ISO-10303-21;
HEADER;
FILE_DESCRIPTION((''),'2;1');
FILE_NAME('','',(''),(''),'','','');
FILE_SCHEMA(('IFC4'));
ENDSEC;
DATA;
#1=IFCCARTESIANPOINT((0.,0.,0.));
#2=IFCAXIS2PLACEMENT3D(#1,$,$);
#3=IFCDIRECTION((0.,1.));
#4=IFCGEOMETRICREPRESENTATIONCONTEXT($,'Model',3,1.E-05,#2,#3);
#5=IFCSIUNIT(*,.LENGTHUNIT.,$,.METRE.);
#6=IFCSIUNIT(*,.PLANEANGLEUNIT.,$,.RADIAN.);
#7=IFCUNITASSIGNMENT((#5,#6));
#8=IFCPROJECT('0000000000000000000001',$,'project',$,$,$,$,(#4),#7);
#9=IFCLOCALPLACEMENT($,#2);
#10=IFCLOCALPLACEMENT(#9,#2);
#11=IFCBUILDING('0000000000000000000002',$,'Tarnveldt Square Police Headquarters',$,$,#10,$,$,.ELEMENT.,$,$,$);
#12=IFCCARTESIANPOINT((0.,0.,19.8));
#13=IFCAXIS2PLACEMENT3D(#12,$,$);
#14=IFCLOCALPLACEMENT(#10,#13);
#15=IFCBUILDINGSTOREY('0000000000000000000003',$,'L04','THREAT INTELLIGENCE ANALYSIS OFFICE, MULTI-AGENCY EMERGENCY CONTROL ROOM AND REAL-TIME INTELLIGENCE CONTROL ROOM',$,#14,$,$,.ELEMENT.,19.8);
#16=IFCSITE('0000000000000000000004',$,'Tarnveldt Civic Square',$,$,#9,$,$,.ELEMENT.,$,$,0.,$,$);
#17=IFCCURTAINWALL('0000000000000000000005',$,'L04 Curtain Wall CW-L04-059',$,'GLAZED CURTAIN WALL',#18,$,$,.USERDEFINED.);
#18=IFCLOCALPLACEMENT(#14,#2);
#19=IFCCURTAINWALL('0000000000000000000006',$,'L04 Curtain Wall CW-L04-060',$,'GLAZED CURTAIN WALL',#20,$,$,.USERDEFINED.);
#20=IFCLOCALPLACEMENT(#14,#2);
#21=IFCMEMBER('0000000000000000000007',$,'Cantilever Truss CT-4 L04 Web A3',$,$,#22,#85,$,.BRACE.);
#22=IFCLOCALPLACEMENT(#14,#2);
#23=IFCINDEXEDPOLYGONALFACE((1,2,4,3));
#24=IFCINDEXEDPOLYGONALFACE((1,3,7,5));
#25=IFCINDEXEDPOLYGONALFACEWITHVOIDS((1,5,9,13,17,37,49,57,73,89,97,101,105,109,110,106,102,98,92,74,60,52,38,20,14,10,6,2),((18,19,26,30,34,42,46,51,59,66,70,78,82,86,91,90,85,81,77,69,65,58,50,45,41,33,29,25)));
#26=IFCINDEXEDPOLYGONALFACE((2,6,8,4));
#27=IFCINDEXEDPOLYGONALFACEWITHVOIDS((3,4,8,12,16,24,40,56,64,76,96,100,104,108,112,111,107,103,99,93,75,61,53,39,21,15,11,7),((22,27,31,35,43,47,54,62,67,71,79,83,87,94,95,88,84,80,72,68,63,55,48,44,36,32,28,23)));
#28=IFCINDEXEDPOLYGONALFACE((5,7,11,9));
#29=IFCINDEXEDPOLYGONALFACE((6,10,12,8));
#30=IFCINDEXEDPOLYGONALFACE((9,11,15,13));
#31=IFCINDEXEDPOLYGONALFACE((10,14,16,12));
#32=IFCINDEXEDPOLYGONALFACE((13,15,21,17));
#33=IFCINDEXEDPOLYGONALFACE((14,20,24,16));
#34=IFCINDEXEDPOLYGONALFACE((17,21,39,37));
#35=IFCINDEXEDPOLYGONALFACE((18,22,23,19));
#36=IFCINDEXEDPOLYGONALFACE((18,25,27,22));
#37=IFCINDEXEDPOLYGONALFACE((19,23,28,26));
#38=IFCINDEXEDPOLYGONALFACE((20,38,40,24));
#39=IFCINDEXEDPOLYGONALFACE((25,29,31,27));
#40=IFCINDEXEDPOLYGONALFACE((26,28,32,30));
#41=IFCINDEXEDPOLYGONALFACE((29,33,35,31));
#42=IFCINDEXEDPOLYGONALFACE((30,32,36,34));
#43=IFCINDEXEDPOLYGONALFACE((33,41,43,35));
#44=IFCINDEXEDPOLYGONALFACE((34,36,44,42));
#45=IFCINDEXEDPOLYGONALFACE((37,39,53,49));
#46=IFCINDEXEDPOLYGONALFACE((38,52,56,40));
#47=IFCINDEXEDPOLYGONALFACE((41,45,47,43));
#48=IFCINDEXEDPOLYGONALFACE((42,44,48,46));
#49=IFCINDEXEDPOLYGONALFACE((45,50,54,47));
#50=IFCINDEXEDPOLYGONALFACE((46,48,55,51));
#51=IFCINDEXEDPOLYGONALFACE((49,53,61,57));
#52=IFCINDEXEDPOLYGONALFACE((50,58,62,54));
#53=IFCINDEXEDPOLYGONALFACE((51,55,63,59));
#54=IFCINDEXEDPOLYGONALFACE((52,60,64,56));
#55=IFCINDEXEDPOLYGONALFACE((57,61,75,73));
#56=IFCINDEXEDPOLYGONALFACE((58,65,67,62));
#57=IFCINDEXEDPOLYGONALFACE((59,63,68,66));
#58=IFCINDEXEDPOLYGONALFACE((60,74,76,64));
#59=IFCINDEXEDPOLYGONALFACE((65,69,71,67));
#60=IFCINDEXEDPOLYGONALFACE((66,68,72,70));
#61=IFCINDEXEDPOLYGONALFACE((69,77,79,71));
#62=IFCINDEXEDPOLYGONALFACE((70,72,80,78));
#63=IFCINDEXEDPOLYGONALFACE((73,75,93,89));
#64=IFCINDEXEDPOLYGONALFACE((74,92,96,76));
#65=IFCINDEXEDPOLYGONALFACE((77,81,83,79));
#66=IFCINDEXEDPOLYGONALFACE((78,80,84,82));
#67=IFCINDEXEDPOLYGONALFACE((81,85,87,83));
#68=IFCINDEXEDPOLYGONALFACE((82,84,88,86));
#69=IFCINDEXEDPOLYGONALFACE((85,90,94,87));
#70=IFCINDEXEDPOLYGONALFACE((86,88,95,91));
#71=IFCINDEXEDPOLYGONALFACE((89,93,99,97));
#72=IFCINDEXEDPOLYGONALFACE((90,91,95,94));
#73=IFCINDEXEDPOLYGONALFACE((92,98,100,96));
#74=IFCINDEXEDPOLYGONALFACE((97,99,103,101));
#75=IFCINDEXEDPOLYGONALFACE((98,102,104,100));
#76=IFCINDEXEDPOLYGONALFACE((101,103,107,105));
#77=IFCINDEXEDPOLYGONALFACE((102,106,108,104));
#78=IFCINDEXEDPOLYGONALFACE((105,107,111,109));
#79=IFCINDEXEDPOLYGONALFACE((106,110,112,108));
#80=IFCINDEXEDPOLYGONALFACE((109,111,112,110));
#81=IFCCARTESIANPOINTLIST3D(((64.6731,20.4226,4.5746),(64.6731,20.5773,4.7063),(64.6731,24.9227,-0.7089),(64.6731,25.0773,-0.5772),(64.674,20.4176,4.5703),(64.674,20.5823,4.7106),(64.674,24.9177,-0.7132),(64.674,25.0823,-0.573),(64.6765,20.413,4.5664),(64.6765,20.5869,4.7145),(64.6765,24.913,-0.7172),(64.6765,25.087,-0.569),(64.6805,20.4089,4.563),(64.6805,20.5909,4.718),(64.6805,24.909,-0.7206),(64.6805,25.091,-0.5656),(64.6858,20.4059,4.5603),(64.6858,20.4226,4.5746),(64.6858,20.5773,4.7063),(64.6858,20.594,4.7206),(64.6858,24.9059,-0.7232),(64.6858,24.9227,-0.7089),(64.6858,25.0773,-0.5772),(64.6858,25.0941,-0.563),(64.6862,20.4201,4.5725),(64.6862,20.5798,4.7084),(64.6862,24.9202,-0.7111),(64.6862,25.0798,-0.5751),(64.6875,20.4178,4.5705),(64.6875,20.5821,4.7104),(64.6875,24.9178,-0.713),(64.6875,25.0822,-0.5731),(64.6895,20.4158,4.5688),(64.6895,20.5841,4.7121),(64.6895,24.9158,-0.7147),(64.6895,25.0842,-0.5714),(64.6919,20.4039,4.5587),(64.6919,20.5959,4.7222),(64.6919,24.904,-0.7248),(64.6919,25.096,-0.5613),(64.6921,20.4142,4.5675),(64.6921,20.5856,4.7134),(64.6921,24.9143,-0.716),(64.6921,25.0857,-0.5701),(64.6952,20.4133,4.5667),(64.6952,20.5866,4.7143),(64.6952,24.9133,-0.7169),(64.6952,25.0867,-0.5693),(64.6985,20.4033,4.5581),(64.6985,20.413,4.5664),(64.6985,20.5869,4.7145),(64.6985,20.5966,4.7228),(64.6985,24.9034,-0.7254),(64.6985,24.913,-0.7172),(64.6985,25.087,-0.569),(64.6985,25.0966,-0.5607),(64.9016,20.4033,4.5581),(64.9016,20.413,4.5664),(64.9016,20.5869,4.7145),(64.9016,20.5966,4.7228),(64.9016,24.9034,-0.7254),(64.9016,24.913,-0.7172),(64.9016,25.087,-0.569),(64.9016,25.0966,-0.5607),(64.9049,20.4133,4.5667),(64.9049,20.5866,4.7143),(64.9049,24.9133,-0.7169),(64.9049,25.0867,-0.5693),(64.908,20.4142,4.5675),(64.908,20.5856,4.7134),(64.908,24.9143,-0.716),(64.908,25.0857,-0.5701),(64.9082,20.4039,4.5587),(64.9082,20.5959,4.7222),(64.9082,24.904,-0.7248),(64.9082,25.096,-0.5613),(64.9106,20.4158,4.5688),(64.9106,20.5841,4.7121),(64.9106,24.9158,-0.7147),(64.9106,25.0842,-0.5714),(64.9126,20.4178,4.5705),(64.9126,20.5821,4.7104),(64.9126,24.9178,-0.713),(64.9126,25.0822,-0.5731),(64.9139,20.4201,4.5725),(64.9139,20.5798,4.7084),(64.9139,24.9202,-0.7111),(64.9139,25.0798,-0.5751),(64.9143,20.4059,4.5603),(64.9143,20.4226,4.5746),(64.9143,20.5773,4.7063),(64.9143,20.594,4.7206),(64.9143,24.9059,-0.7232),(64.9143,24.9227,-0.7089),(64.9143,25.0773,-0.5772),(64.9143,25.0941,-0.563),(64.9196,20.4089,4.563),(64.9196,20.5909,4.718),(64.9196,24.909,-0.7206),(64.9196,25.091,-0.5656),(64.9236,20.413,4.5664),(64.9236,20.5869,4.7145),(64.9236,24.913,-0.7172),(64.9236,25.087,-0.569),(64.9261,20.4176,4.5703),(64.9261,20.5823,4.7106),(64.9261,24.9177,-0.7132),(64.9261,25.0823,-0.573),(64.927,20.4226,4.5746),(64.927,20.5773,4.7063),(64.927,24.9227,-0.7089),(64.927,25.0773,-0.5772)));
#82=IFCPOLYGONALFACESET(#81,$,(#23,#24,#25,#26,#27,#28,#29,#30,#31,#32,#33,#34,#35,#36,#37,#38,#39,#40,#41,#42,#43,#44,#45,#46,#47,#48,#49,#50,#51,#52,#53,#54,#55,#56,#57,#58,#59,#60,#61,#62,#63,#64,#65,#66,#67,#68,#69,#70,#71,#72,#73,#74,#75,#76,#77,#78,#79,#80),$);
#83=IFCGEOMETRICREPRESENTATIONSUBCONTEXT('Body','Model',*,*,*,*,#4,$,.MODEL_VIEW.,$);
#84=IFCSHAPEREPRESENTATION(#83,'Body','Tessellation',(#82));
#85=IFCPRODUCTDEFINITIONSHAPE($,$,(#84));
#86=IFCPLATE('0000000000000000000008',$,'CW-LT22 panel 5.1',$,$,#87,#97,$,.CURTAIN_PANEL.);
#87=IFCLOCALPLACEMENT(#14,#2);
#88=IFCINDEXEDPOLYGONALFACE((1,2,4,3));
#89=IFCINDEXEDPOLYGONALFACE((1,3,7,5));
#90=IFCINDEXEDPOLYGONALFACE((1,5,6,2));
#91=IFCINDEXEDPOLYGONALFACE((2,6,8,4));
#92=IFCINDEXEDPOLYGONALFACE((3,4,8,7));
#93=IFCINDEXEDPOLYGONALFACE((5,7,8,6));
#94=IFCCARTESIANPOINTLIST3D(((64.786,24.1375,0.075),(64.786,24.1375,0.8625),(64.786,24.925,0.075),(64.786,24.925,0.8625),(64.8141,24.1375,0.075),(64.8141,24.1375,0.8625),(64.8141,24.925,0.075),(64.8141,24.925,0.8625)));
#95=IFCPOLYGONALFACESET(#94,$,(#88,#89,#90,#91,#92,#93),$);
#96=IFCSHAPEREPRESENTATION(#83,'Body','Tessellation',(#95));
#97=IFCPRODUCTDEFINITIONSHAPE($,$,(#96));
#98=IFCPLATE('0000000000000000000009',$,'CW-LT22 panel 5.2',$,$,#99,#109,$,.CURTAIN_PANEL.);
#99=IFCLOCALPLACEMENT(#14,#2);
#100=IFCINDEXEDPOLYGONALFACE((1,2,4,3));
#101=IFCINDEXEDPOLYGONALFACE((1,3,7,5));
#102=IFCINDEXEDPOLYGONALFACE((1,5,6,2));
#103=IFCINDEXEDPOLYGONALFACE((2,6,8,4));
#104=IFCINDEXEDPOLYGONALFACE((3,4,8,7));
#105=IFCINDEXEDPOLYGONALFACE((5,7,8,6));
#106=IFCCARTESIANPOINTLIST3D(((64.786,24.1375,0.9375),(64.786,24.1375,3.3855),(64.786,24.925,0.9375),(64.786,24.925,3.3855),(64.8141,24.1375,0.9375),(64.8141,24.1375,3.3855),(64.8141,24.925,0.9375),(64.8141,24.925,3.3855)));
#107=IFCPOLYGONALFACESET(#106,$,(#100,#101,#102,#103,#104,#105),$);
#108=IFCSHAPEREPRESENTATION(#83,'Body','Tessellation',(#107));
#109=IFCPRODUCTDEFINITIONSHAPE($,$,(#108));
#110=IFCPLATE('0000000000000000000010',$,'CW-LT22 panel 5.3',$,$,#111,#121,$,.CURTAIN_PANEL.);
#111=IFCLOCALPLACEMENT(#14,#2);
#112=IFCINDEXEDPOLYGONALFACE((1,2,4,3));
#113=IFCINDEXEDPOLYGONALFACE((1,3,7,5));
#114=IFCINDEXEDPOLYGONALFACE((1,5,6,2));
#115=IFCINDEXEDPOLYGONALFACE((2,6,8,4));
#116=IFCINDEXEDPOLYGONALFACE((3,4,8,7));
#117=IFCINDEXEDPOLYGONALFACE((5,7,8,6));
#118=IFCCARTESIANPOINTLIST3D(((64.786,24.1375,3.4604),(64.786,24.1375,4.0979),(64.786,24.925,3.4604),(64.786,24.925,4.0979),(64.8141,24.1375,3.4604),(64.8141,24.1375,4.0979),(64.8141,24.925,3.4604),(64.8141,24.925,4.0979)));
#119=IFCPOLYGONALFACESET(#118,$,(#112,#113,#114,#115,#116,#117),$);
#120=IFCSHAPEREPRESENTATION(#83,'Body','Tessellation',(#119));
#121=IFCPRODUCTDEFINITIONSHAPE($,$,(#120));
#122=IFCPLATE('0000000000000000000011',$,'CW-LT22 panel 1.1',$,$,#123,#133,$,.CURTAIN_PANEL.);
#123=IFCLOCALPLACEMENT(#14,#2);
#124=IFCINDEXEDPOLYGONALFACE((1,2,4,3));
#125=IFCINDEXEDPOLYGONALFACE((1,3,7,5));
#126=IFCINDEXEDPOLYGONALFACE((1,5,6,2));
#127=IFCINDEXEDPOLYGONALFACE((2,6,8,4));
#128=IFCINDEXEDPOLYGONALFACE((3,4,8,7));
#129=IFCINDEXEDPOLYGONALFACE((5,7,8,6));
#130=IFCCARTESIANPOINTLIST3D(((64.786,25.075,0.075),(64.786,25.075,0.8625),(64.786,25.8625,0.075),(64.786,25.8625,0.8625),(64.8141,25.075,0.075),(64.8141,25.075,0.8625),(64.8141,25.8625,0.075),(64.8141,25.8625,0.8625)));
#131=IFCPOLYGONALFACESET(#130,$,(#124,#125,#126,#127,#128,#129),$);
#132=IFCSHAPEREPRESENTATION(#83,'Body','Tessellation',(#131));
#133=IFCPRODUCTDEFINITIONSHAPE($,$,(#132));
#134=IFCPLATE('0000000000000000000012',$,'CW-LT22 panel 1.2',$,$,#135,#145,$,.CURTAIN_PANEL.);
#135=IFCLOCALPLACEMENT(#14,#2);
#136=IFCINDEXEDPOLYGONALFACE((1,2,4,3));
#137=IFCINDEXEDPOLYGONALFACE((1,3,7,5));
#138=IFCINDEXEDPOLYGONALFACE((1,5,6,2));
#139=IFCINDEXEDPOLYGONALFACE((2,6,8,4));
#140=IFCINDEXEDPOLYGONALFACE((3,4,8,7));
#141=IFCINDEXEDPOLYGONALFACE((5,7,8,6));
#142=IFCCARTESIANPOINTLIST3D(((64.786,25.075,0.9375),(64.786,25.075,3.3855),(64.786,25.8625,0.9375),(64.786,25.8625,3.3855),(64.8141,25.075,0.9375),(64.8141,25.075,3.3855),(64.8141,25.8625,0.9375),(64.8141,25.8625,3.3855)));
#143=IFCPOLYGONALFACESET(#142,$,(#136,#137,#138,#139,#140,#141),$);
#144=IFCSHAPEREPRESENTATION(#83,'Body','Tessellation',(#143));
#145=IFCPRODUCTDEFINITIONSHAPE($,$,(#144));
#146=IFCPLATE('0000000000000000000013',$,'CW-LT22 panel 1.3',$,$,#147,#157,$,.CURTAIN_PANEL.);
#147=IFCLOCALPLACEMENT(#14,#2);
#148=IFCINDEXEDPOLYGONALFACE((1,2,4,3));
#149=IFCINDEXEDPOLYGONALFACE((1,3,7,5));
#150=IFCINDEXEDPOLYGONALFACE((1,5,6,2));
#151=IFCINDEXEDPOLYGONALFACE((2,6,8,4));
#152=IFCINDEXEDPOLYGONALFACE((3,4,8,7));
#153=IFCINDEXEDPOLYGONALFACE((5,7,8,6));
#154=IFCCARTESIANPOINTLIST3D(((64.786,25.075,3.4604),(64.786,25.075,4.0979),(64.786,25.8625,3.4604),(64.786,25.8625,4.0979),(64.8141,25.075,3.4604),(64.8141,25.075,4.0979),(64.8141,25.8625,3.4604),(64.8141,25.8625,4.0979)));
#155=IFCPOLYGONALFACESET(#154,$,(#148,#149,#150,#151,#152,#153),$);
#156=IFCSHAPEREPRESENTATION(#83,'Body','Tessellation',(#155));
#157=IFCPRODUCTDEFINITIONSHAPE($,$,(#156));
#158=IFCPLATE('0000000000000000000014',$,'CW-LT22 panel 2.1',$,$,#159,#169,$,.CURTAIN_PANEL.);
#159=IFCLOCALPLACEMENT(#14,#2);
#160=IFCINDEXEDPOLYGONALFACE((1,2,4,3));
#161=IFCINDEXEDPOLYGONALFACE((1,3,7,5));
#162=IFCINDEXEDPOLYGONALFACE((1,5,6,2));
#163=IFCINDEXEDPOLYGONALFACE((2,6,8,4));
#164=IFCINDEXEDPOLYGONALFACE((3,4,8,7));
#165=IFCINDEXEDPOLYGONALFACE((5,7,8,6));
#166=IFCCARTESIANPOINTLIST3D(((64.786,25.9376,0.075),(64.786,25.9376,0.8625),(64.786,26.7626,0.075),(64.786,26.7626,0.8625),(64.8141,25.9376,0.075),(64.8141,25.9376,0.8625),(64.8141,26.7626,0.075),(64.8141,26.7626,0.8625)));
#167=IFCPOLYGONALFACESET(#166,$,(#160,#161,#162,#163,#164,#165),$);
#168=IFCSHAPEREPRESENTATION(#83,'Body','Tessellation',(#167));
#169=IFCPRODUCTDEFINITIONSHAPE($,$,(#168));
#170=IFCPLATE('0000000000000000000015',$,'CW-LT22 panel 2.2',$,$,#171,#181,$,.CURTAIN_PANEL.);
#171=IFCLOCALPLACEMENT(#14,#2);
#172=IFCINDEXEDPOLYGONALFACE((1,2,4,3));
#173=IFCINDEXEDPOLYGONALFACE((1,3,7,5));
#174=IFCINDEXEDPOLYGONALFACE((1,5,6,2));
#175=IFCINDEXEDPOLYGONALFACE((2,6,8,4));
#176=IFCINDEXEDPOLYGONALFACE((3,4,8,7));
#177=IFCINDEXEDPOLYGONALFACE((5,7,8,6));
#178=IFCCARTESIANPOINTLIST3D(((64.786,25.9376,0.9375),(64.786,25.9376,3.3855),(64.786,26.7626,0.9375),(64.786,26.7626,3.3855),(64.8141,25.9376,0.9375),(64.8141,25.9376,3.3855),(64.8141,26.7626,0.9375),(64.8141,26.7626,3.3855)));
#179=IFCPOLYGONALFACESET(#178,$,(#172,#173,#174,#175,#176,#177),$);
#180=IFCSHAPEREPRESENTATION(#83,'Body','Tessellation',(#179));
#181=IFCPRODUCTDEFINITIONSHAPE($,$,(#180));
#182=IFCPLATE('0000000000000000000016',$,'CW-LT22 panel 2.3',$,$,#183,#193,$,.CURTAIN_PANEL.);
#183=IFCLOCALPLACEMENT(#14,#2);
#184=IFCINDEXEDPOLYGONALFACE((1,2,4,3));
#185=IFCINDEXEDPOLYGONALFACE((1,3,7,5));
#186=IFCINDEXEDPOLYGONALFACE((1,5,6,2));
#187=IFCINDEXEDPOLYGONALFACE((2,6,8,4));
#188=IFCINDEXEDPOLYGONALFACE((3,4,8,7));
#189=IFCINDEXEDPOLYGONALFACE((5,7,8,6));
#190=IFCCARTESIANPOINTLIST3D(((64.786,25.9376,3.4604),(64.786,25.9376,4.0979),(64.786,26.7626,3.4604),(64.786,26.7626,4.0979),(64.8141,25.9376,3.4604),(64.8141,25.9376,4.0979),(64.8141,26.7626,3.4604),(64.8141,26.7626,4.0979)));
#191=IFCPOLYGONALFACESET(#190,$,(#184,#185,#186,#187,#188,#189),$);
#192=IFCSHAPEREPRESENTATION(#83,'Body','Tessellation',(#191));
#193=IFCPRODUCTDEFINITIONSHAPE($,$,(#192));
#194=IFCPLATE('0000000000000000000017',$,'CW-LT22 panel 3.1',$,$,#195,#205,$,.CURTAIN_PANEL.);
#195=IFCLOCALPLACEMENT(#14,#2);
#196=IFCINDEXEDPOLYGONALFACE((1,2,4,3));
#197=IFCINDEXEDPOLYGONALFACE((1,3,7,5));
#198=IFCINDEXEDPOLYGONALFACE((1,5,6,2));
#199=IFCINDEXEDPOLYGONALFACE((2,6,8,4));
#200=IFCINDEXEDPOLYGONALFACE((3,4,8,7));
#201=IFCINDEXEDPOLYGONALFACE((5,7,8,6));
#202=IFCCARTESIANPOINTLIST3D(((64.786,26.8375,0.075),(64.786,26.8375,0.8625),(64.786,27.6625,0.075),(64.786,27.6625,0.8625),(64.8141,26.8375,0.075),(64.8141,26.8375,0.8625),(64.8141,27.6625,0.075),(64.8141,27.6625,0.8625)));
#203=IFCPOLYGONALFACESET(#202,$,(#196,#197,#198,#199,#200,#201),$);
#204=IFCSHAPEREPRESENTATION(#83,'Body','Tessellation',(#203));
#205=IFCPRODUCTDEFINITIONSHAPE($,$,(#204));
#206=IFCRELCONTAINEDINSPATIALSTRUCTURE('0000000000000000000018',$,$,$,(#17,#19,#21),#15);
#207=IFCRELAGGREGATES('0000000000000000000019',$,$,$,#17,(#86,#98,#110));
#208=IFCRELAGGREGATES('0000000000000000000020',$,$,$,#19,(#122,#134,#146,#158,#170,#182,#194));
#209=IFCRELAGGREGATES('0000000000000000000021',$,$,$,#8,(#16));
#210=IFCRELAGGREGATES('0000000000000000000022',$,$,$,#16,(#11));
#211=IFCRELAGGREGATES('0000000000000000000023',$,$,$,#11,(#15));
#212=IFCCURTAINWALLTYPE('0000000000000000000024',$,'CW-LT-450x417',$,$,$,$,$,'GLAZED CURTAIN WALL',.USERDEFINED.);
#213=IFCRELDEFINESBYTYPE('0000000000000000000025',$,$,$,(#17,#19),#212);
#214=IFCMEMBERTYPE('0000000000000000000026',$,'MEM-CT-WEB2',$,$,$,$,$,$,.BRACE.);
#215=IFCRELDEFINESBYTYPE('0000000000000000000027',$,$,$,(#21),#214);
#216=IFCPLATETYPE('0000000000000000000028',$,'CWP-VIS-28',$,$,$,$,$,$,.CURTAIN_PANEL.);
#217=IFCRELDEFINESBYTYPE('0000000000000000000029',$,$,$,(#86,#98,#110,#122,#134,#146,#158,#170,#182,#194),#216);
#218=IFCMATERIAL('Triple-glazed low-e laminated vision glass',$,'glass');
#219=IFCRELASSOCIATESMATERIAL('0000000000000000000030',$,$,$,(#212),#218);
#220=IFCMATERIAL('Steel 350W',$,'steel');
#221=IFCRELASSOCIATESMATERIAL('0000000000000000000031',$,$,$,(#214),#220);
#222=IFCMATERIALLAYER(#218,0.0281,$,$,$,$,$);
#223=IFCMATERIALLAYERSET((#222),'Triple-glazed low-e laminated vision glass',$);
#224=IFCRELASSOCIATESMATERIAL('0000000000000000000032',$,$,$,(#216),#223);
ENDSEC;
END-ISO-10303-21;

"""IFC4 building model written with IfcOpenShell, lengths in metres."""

from ifc_helpers import new_model, si_unit, direction, frame, origin, origin_2d, place, context, subcontext, project, spatial, rectangle, hollow_rectangle, extrude, material, layer, layer_set, material_profile, profile_set, type_object, element, aggregate, save


model = new_model("IFC4")

# Units and contexts
model_context = context("Model", 3, precision=1e-05, world=origin(), true_north=direction((0.0, 1.0)))
body_context = subcontext(model_context, "Body", "Model", "MODEL_VIEW")
ifc_project = project(units=[si_unit("LENGTHUNIT", "METRE"), si_unit("PLANEANGLEUNIT", "RADIAN")], contexts=[model_context])

# Site, building, storey
site_placement = place(None, origin())
site = spatial("IfcSite", under=ifc_project, at=site_placement, Name="Tarnveldt Civic Square", CompositionType="ELEMENT", RefElevation=0.0)
building_placement = place(site_placement, origin())
building = spatial("IfcBuilding", under=site, at=building_placement, Name="Tarnveldt Square Police Headquarters", CompositionType="ELEMENT")
storey_placement = place(building_placement, frame((0.0, 0.0, 19.8)))
storey = spatial("IfcBuildingStorey", under=building, at=storey_placement, Name="L04", Description="THREAT INTELLIGENCE ANALYSIS OFFICE, MULTI-AGENCY EMERGENCY CONTROL ROOM AND REAL-TIME INTELLIGENCE CONTROL ROOM", CompositionType="ELEMENT", Elevation=19.8)

# Shared definitions
ifc_material_1 = material(Name="Steel 350W", Category="steel")

# Curtain wall
ifc_material_2 = material(Name="Triple-glazed low-e laminated vision glass", Category="glass")
curtain_wall_type = type_object("IfcCurtainWallType", Name="CW-LT-450x417", ElementType="GLAZED CURTAIN WALL", PredefinedType="USERDEFINED", material=ifc_material_2)
curtain_wall_1_placement = place(storey_placement, origin())
curtain_wall_1 = element("IfcCurtainWall", 1, at=curtain_wall_1_placement, inside=storey, type_object=curtain_wall_type, Name="L04 Curtain Wall CW-L04-059", ObjectType="GLAZED CURTAIN WALL", PredefinedType="USERDEFINED")

# Curtain wall
curtain_wall_2_placement = place(storey_placement, origin())
curtain_wall_2 = element("IfcCurtainWall", 2, at=curtain_wall_2_placement, inside=storey, type_object=curtain_wall_type, Name="L04 Curtain Wall CW-L04-060", ObjectType="GLAZED CURTAIN WALL", PredefinedType="USERDEFINED")

# Member
ifc_material_profile_1 = material_profile(ifc_material_1, hollow_rectangle(XDim=0.2539, YDim=0.2539, WallThickness=0.0127, InnerFilletRadius=0.0127, OuterFilletRadius=0.0254, at=origin_2d()), Name="HSS254x254x13")
ifc_profile_set_1 = profile_set([ifc_material_profile_1], Name="Steel 350W")
member_type_1 = type_object("IfcMemberType", Name="MEM-CT-WEB2", PredefinedType="BRACE", material=ifc_profile_set_1)
member_1_placement = place(storey_placement, frame((64.8, 25.0, -0.6431), z_axis=(0.0, -0.648407, 0.761294), x_axis=(1.0, 0.0, 0.0)))
element("IfcMember", 3, at=member_1_placement, inside=storey, type_object=member_type_1, Name="Cantilever Truss CT-4 L04 Web A3", PredefinedType="BRACE", context=body_context, shape_type="SweptSolid", body=[
    extrude(hollow_rectangle(XDim=0.2539, YDim=0.2539, WallThickness=0.0127, InnerFilletRadius=0.0127, OuterFilletRadius=0.0254, at=origin_2d()), origin(), (0.0, 0.0, 1.0), 6.9402),
])

# Plates
ifc_layer_1 = layer(ifc_material_2, 0.0281)
ifc_layer_set_1 = layer_set([ifc_layer_1], Name="Triple-glazed low-e laminated vision glass")
plate_type_1 = type_object("IfcPlateType", Name="CWP-VIS-28", PredefinedType="CURTAIN_PANEL", material=ifc_layer_set_1)
plate_1_placement = place(storey_placement, frame((64.8, 24.5312, 0.075), z_axis=(0.0, 0.0, 1.0), x_axis=(0.0, 1.0, 0.0)))
plate_1 = element("IfcPlate", 4, at=plate_1_placement, type_object=plate_type_1, Name="CW-LT22 panel 5.1", PredefinedType="CURTAIN_PANEL", context=body_context, shape_type="SweptSolid", body=[
    extrude(rectangle(XDim=0.7876, YDim=0.0281, at=origin_2d()), origin(), (0.0, 0.0, 1.0), 0.7876),
])
plate_2_placement = place(storey_placement, frame((64.8, 24.5312, 0.9375), z_axis=(0.0, 0.0, 1.0), x_axis=(0.0, 1.0, 0.0)))
plate_2 = element("IfcPlate", 5, at=plate_2_placement, type_object=plate_type_1, Name="CW-LT22 panel 5.2", PredefinedType="CURTAIN_PANEL", context=body_context, shape_type="SweptSolid", body=[
    extrude(rectangle(XDim=0.7876, YDim=0.0281, at=origin_2d()), origin(), (0.0, 0.0, 1.0), 2.448),
])
plate_3_placement = place(storey_placement, frame((64.8, 24.5312, 3.4604), z_axis=(0.0, 0.0, 1.0), x_axis=(0.0, 1.0, 0.0)))
plate_3 = element("IfcPlate", 6, at=plate_3_placement, type_object=plate_type_1, Name="CW-LT22 panel 5.3", PredefinedType="CURTAIN_PANEL", context=body_context, shape_type="SweptSolid", body=[
    extrude(rectangle(XDim=0.7876, YDim=0.0281, at=origin_2d()), origin(), (0.0, 0.0, 1.0), 0.6375),
])
aggregate(curtain_wall_1, [plate_1, plate_2, plate_3])
plate_4_placement = place(storey_placement, frame((64.8, 25.4688, 0.075), z_axis=(0.0, 0.0, 1.0), x_axis=(0.0, 1.0, 0.0)))
plate_4 = element("IfcPlate", 7, at=plate_4_placement, type_object=plate_type_1, Name="CW-LT22 panel 1.1", PredefinedType="CURTAIN_PANEL", context=body_context, shape_type="SweptSolid", body=[
    extrude(rectangle(XDim=0.7876, YDim=0.0281, at=origin_2d()), origin(), (0.0, 0.0, 1.0), 0.7876),
])
plate_5_placement = place(storey_placement, frame((64.8, 25.4688, 0.9375), z_axis=(0.0, 0.0, 1.0), x_axis=(0.0, 1.0, 0.0)))
plate_5 = element("IfcPlate", 8, at=plate_5_placement, type_object=plate_type_1, Name="CW-LT22 panel 1.2", PredefinedType="CURTAIN_PANEL", context=body_context, shape_type="SweptSolid", body=[
    extrude(rectangle(XDim=0.7876, YDim=0.0281, at=origin_2d()), origin(), (0.0, 0.0, 1.0), 2.448),
])
plate_6_placement = place(storey_placement, frame((64.8, 25.4688, 3.4604), z_axis=(0.0, 0.0, 1.0), x_axis=(0.0, 1.0, 0.0)))
plate_6 = element("IfcPlate", 9, at=plate_6_placement, type_object=plate_type_1, Name="CW-LT22 panel 1.3", PredefinedType="CURTAIN_PANEL", context=body_context, shape_type="SweptSolid", body=[
    extrude(rectangle(XDim=0.7876, YDim=0.0281, at=origin_2d()), origin(), (0.0, 0.0, 1.0), 0.6375),
])
plate_7_placement = place(storey_placement, frame((64.8, 26.3501, 0.075), z_axis=(0.0, 0.0, 1.0), x_axis=(0.0, 1.0, 0.0)))
plate_7 = element("IfcPlate", 10, at=plate_7_placement, type_object=plate_type_1, Name="CW-LT22 panel 2.1", PredefinedType="CURTAIN_PANEL", context=body_context, shape_type="SweptSolid", body=[
    extrude(rectangle(XDim=0.825, YDim=0.0281, at=origin_2d()), origin(), (0.0, 0.0, 1.0), 0.7876),
])
plate_8_placement = place(storey_placement, frame((64.8, 26.3501, 0.9375), z_axis=(0.0, 0.0, 1.0), x_axis=(0.0, 1.0, 0.0)))
plate_8 = element("IfcPlate", 11, at=plate_8_placement, type_object=plate_type_1, Name="CW-LT22 panel 2.2", PredefinedType="CURTAIN_PANEL", context=body_context, shape_type="SweptSolid", body=[
    extrude(rectangle(XDim=0.825, YDim=0.0281, at=origin_2d()), origin(), (0.0, 0.0, 1.0), 2.448),
])
plate_9_placement = place(storey_placement, frame((64.8, 26.3501, 3.4604), z_axis=(0.0, 0.0, 1.0), x_axis=(0.0, 1.0, 0.0)))
plate_9 = element("IfcPlate", 12, at=plate_9_placement, type_object=plate_type_1, Name="CW-LT22 panel 2.3", PredefinedType="CURTAIN_PANEL", context=body_context, shape_type="SweptSolid", body=[
    extrude(rectangle(XDim=0.825, YDim=0.0281, at=origin_2d()), origin(), (0.0, 0.0, 1.0), 0.6375),
])
plate_10_placement = place(storey_placement, frame((64.8, 27.25, 0.075), z_axis=(0.0, 0.0, 1.0), x_axis=(0.0, 1.0, 0.0)))
plate_10 = element("IfcPlate", 13, at=plate_10_placement, type_object=plate_type_1, Name="CW-LT22 panel 3.1", PredefinedType="CURTAIN_PANEL", context=body_context, shape_type="SweptSolid", body=[
    extrude(rectangle(XDim=0.825, YDim=0.0281, at=origin_2d()), origin(), (0.0, 0.0, 1.0), 0.7876),
])
aggregate(curtain_wall_2, [plate_4, plate_5, plate_6, plate_7, plate_8, plate_9, plate_10])

save(model, "model.ifc")
